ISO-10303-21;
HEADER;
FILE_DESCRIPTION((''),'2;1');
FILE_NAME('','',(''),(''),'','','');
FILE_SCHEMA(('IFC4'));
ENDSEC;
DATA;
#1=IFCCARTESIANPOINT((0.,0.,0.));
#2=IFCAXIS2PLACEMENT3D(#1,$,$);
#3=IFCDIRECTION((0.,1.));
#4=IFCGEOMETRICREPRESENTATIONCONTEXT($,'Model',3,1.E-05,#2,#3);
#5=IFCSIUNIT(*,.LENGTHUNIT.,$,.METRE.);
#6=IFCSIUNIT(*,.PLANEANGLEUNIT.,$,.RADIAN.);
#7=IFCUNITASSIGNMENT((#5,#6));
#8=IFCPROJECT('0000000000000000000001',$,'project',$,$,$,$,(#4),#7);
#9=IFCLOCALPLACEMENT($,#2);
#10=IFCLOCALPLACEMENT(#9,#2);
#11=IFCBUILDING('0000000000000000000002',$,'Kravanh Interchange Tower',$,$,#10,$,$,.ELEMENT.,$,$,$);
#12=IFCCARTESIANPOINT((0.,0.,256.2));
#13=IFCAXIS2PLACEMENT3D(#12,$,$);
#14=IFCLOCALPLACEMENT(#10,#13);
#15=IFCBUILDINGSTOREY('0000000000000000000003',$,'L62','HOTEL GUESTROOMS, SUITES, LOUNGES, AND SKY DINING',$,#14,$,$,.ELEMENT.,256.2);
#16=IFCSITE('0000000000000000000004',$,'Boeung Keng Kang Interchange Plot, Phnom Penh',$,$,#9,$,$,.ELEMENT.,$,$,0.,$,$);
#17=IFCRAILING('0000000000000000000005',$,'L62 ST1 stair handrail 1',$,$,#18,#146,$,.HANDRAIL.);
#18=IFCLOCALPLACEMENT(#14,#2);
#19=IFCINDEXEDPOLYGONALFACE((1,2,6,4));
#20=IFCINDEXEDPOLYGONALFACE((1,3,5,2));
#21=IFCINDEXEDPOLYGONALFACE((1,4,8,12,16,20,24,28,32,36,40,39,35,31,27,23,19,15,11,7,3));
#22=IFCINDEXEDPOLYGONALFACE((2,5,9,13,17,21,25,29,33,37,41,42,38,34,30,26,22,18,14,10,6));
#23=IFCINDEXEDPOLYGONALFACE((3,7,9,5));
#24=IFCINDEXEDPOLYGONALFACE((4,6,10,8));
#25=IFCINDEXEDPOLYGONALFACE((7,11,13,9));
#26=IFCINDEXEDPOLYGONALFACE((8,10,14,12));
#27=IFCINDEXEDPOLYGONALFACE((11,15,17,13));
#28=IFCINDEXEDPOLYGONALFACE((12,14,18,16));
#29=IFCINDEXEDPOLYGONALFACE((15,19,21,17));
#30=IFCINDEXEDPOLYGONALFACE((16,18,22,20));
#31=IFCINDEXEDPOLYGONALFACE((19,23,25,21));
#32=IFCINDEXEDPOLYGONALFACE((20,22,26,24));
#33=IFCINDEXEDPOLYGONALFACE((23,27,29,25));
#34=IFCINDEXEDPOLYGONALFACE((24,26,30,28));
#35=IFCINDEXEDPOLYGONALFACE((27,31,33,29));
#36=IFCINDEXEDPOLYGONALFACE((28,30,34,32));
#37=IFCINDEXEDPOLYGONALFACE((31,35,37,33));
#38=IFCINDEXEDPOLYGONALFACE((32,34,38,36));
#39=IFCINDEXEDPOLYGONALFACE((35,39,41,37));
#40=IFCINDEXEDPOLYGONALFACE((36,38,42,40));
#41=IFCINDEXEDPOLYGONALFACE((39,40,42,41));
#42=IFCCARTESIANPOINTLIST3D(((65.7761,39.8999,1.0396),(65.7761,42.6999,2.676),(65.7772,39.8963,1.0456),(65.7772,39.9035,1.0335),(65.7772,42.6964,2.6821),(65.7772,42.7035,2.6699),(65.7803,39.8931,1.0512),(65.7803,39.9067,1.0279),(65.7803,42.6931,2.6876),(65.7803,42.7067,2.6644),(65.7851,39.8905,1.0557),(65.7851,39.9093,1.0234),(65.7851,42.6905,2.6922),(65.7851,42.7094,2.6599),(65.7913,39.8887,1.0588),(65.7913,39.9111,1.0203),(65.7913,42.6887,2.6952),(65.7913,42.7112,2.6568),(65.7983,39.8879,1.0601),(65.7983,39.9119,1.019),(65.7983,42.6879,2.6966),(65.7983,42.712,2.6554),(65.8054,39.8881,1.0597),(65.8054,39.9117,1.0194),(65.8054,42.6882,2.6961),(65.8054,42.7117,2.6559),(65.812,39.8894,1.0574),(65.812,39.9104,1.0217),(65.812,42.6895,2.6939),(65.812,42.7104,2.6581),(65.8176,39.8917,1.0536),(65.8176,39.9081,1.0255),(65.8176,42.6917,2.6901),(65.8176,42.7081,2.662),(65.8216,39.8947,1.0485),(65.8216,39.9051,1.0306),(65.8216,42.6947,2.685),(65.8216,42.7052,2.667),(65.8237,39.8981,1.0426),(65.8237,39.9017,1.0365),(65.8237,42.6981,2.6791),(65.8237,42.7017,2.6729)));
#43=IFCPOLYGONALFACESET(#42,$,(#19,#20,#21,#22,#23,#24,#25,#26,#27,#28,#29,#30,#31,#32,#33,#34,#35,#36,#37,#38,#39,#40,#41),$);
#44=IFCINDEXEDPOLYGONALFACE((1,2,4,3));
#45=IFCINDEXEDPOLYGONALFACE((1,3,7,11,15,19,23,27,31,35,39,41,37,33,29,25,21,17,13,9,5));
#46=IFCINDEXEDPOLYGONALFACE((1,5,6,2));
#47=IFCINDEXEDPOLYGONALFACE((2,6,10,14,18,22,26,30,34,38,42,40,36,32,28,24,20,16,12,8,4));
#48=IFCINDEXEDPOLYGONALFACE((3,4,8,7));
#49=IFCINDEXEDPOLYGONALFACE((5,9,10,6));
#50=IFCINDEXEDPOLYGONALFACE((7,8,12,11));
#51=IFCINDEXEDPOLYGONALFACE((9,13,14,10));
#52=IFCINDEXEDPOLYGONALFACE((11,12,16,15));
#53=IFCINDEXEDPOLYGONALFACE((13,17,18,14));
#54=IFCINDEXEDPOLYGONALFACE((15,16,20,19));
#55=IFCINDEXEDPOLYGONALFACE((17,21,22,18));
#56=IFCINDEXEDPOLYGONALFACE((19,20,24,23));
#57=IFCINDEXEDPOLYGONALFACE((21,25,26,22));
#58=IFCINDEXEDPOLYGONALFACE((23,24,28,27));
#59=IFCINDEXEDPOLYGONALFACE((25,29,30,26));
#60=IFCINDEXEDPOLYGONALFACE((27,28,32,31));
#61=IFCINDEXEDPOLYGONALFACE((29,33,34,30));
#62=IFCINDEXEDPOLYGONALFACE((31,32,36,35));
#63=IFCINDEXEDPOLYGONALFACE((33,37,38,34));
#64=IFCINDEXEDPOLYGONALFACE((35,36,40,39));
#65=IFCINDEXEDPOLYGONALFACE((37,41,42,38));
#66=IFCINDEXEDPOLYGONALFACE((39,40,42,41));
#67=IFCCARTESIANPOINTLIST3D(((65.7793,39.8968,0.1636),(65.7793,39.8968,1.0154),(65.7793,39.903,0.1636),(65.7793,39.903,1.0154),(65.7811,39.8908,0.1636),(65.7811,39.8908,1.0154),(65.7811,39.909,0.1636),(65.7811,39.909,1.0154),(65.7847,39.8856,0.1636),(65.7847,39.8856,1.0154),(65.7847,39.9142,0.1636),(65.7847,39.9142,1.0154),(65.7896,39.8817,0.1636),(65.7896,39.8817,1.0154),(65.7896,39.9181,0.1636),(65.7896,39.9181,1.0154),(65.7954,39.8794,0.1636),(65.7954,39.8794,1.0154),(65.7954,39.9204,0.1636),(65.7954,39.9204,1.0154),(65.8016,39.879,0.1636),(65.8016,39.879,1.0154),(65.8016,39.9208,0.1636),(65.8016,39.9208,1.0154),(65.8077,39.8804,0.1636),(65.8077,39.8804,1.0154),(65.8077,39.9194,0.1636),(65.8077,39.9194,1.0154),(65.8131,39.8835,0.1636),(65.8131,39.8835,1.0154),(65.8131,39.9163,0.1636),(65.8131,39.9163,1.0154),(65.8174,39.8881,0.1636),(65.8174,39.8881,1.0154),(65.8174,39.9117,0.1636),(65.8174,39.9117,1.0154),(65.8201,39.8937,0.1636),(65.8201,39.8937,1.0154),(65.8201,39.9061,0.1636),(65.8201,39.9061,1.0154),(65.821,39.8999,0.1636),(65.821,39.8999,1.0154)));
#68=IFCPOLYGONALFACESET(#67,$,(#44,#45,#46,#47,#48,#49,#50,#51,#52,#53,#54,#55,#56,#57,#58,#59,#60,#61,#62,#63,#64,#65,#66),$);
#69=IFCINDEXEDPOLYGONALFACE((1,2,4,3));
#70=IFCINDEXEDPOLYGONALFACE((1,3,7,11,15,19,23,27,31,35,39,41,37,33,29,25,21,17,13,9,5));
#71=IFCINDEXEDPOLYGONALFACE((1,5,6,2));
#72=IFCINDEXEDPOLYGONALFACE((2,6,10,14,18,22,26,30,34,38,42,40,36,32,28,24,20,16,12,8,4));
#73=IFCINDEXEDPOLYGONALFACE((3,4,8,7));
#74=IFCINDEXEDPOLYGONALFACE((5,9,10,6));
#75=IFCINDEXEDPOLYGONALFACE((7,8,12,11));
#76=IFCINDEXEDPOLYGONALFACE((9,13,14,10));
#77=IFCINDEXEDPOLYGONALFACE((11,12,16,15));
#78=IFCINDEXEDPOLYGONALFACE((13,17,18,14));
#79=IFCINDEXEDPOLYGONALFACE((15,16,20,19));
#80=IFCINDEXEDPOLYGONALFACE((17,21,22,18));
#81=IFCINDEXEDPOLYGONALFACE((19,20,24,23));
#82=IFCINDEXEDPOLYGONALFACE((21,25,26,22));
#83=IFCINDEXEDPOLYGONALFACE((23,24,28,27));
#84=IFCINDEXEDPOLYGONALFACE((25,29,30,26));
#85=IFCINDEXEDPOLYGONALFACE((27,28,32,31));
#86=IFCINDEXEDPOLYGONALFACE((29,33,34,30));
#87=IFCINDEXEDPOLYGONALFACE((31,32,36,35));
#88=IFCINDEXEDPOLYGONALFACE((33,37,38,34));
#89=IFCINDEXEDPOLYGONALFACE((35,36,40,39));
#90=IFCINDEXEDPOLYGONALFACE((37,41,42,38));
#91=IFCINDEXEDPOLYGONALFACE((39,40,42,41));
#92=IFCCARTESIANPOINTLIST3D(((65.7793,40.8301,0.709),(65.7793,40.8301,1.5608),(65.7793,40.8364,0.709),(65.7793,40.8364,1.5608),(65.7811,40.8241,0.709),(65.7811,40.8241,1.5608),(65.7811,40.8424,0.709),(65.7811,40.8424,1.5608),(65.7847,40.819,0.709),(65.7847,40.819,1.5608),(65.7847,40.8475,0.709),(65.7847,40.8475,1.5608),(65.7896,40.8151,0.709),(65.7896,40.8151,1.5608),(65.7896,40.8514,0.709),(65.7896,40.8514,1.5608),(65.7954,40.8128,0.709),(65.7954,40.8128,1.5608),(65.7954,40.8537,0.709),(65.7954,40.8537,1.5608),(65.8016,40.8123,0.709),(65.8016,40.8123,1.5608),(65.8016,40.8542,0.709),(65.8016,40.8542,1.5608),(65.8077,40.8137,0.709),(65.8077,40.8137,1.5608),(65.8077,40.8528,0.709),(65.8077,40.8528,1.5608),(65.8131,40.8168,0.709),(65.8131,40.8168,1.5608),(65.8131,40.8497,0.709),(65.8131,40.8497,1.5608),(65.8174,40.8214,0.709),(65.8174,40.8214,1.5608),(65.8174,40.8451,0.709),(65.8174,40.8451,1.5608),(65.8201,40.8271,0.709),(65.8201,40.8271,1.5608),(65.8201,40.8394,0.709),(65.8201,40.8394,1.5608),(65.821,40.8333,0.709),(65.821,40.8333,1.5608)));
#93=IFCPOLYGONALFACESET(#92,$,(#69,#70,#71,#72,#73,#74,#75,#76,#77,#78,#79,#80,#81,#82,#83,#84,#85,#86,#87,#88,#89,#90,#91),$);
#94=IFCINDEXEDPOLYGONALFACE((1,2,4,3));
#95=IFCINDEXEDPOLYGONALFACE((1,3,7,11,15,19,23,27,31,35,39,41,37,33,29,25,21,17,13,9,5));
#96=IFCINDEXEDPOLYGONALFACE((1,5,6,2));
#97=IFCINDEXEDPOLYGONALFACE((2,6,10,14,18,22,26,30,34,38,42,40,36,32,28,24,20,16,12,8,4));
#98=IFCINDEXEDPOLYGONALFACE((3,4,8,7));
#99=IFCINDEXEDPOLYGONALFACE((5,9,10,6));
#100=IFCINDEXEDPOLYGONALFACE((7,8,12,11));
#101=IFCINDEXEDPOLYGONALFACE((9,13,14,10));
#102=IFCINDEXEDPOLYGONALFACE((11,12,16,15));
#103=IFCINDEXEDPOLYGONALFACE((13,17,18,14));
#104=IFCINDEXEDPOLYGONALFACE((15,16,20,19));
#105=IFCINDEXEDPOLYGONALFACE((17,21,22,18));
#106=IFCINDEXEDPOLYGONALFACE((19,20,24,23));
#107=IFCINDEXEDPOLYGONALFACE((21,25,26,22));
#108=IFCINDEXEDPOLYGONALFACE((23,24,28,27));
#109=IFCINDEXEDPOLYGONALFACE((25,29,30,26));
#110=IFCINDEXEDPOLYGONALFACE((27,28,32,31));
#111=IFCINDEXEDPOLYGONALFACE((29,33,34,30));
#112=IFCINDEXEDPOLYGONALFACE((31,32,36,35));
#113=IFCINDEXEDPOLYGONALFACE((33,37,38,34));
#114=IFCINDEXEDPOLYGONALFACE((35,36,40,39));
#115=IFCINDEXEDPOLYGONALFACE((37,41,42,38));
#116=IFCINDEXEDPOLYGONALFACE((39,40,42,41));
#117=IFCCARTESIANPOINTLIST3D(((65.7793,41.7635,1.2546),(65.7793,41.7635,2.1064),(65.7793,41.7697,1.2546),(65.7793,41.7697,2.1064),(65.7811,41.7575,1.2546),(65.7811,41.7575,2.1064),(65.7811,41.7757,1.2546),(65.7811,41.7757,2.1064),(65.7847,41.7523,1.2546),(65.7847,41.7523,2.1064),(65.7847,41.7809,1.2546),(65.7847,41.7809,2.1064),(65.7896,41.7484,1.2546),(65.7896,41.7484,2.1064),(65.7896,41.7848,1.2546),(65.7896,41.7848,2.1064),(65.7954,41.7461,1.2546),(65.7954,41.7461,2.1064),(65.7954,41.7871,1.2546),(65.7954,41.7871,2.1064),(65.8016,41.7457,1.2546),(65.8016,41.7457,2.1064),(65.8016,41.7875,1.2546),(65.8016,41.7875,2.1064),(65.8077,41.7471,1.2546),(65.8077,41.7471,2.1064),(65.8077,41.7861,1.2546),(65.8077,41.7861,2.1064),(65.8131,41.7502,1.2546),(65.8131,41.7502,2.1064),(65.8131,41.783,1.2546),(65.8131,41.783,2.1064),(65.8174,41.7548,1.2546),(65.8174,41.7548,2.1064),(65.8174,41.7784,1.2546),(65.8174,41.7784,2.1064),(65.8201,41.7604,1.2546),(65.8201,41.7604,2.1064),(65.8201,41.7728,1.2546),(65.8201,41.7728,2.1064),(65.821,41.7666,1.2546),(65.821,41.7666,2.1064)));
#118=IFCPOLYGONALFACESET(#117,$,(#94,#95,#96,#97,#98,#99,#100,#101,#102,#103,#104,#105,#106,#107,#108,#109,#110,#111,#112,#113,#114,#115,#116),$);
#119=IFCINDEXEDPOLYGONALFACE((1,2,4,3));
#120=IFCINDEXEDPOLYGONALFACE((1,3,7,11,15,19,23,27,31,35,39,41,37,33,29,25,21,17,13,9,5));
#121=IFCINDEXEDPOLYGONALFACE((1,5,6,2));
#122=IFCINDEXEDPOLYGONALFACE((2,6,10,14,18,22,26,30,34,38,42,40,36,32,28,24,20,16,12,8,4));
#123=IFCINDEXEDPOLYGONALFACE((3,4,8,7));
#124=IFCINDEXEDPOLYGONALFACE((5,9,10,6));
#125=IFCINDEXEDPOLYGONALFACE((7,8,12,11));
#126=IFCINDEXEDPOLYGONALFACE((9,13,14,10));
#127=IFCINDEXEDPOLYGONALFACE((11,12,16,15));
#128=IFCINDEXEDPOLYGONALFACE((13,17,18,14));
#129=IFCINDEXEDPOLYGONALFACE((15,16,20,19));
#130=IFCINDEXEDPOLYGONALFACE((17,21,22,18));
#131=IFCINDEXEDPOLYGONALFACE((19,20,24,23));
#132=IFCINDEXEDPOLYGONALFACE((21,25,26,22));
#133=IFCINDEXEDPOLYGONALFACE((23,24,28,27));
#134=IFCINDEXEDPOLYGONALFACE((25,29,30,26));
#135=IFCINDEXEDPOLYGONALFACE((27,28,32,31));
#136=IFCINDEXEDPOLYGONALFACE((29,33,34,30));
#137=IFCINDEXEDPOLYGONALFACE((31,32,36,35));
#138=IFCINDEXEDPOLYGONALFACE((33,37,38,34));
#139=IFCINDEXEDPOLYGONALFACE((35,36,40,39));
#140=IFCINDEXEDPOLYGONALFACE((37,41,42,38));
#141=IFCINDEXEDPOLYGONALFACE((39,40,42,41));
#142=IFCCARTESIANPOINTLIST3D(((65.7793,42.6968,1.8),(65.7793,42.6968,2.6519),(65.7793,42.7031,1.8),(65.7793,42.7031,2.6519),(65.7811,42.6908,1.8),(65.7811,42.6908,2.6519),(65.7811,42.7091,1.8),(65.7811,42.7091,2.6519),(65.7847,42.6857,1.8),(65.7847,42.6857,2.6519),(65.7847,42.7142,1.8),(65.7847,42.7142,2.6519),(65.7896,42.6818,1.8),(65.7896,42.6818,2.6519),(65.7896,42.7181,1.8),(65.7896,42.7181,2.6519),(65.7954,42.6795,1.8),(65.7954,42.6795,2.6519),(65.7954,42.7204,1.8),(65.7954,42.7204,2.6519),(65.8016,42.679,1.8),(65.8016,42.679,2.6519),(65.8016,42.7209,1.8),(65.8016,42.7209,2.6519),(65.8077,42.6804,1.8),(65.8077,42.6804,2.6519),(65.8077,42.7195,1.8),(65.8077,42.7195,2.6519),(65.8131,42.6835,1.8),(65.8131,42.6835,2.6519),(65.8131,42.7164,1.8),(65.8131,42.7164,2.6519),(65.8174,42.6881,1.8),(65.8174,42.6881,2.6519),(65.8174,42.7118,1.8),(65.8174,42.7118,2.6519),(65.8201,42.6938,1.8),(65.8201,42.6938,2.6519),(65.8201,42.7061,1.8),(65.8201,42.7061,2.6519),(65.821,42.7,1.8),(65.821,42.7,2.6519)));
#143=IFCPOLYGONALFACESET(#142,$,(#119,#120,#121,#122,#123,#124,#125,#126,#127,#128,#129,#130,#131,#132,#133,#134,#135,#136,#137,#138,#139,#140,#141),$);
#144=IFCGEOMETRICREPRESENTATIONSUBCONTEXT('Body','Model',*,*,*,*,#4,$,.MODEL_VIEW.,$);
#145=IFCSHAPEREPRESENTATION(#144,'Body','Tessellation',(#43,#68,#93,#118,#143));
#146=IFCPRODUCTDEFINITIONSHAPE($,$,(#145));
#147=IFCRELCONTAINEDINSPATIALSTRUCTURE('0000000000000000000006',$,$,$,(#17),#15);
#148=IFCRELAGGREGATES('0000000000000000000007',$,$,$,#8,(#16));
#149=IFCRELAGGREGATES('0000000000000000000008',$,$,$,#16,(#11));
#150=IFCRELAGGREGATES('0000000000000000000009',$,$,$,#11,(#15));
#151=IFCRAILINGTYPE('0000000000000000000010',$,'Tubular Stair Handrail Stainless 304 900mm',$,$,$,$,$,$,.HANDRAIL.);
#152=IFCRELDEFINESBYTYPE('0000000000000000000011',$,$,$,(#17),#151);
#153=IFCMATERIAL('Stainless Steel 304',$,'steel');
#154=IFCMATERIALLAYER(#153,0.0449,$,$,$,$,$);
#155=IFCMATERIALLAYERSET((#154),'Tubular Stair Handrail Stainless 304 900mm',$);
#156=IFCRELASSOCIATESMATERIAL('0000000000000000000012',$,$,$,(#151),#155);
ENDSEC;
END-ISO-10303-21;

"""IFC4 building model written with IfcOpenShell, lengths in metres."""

from ifc_helpers import new_model, si_unit, direction, frame, origin, origin_2d, place, context, subcontext, project, spatial, circle, extrude, material, layer, layer_set, type_object, element, save


model = new_model("IFC4")

# Units and contexts
model_context = context("Model", 3, precision=1e-05, world=origin(), true_north=direction((0.0, 1.0)))
body_context = subcontext(model_context, "Body", "Model", "MODEL_VIEW")
ifc_project = project(units=[si_unit("LENGTHUNIT", "METRE"), si_unit("PLANEANGLEUNIT", "RADIAN")], contexts=[model_context])

# Site, building, storey
site_placement = place(None, origin())
site = spatial("IfcSite", under=ifc_project, at=site_placement, Name="Boeung Keng Kang Interchange Plot, Phnom Penh", CompositionType="ELEMENT", RefElevation=0.0)
building_placement = place(site_placement, origin())
building = spatial("IfcBuilding", under=site, at=building_placement, Name="Kravanh Interchange Tower", CompositionType="ELEMENT")
storey_placement = place(building_placement, frame((0.0, 0.0, 256.2)))
storey = spatial("IfcBuildingStorey", under=building, at=storey_placement, Name="L62", Description="HOTEL GUESTROOMS, SUITES, LOUNGES, AND SKY DINING", CompositionType="ELEMENT", Elevation=256.2)

# Railing
ifc_material_1 = material(Name="Stainless Steel 304", Category="steel")
ifc_layer_1 = layer(ifc_material_1, 0.0449)
ifc_layer_set_1 = layer_set([ifc_layer_1], Name="Tubular Stair Handrail Stainless 304 900mm")
railing_type_1 = type_object("IfcRailingType", Name="Tubular Stair Handrail Stainless 304 900mm", PredefinedType="HANDRAIL", material=ifc_layer_set_1)
railing_1_placement = place(storey_placement, frame((65.8, 39.8999, 0.1636)))
element("IfcRailing", 1, at=railing_1_placement, inside=storey, type_object=railing_type_1, Name="L62 ST1 stair handrail 1", PredefinedType="HANDRAIL", context=body_context, shape_type="SweptSolid", body=[
    extrude(circle(Radius=0.0239, at=origin_2d()), frame((0.0, 0.0, 0.876), z_axis=(0.0, 0.863361, 0.504587), x_axis=(-1.0, 0.0, 0.0)), (0.0, 0.0, 1.0), 3.2432),
    extrude(circle(Radius=0.021, at=origin_2d()), origin(), (0.0, 0.0, 1.0), 0.8518),
    extrude(circle(Radius=0.021, at=origin_2d()), frame((0.0, 0.9333, 0.5454)), (0.0, 0.0, 1.0), 0.8518),
    extrude(circle(Radius=0.021, at=origin_2d()), frame((0.0, 1.8667, 1.0911)), (0.0, 0.0, 1.0), 0.8518),
    extrude(circle(Radius=0.021, at=origin_2d()), frame((0.0, 2.8, 1.6365)), (0.0, 0.0, 1.0), 0.8518),
])

save(model, "model.ifc")
